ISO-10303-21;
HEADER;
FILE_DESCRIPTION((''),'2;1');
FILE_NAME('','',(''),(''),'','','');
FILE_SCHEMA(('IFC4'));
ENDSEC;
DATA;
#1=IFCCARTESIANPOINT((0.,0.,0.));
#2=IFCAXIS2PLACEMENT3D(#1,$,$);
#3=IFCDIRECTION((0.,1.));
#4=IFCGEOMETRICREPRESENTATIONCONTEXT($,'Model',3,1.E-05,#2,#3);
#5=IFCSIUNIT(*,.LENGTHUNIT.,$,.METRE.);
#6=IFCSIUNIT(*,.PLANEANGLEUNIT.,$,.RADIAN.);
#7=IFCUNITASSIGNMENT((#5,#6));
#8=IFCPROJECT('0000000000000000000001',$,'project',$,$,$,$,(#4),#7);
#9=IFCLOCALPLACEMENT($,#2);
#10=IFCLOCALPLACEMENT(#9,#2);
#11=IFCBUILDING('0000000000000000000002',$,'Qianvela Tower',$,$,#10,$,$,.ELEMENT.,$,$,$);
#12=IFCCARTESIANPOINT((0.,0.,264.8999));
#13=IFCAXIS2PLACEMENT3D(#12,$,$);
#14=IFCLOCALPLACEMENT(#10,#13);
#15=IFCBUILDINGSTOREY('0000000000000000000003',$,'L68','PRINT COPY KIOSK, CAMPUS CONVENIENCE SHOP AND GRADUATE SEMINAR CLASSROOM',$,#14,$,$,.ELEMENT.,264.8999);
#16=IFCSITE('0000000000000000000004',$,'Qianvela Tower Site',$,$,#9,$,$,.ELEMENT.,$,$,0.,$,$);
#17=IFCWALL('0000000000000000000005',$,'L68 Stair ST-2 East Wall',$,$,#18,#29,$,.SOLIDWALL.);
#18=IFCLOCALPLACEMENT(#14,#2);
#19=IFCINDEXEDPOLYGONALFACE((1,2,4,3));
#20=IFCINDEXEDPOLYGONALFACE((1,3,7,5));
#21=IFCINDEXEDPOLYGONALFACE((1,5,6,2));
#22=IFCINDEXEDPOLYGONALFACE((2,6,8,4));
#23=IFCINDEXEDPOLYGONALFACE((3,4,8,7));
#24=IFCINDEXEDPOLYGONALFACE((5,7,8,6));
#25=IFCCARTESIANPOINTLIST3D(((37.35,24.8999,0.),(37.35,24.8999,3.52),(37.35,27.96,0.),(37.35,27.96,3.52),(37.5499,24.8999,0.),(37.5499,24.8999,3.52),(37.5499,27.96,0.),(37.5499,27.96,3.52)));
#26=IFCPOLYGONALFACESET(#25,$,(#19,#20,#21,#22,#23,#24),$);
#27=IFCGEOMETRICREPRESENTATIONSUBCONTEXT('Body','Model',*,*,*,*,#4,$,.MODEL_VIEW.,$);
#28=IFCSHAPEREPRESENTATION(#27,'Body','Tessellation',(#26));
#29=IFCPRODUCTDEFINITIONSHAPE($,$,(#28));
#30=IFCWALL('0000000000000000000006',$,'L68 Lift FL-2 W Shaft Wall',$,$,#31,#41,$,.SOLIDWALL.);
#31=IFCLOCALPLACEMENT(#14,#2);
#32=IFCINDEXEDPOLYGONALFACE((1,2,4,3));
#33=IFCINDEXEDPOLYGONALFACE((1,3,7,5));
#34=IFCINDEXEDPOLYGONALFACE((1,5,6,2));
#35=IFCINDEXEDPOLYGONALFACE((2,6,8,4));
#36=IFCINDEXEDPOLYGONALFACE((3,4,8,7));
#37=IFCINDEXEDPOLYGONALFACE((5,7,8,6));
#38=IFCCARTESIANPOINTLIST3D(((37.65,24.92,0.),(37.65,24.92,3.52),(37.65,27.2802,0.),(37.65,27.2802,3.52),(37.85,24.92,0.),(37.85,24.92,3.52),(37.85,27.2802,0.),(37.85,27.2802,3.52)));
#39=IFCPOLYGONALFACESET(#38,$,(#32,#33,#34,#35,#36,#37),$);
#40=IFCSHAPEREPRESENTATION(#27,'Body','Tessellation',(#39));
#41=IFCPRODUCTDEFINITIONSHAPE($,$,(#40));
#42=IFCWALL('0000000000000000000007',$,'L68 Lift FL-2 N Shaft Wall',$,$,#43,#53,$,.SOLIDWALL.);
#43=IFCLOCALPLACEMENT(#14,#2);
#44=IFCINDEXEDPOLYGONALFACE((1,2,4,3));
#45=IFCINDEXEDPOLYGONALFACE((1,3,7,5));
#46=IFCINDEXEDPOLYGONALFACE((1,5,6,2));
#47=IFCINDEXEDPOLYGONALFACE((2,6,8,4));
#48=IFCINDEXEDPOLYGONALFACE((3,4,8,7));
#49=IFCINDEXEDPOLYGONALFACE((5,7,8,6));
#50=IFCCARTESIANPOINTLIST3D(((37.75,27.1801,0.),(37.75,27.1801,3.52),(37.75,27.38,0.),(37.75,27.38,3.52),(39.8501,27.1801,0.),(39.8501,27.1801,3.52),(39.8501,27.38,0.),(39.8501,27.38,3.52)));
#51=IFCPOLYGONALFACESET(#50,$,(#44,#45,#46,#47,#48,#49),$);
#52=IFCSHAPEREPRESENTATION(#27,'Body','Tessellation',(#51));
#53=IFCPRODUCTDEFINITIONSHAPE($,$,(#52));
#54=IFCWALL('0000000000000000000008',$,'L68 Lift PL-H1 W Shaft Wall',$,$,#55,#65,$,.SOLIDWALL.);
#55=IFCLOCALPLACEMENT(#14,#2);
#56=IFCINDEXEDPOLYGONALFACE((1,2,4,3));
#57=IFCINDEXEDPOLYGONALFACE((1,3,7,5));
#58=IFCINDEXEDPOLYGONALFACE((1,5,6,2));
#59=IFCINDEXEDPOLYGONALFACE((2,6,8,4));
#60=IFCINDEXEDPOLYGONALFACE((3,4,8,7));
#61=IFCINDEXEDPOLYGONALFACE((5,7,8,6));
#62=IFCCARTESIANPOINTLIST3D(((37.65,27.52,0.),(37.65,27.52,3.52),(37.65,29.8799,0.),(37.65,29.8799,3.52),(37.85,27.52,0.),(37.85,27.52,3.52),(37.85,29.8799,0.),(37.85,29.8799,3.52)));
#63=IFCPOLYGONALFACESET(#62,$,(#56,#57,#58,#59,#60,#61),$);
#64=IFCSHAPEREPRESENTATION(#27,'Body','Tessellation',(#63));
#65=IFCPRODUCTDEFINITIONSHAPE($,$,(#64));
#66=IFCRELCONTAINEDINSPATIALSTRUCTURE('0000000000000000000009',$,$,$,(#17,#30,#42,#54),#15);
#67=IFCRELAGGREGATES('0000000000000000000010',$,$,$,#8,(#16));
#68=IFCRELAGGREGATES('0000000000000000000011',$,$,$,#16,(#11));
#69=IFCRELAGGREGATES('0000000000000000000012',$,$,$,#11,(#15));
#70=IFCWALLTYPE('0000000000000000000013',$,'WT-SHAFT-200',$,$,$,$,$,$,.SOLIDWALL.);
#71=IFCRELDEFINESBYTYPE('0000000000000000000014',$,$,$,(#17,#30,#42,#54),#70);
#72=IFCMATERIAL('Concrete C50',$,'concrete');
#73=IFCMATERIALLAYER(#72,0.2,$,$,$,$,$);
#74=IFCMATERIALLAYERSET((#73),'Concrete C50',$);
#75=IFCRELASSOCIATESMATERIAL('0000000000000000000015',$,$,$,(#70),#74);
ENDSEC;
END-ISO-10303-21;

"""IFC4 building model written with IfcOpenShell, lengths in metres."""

from ifc_helpers import new_model, si_unit, direction, frame, frame_2d, origin, place, context, subcontext, project, spatial, rectangle, extrude, material, layer, layer_set, type_object, element, save


model = new_model("IFC4")

# Units and contexts
model_context = context("Model", 3, precision=1e-05, world=origin(), true_north=direction((0.0, 1.0)))
body_context = subcontext(model_context, "Body", "Model", "MODEL_VIEW")
ifc_project = project(units=[si_unit("LENGTHUNIT", "METRE"), si_unit("PLANEANGLEUNIT", "RADIAN")], contexts=[model_context])

# Site, building, storey
site_placement = place(None, origin())
site = spatial("IfcSite", under=ifc_project, at=site_placement, Name="Qianvela Tower Site", CompositionType="ELEMENT", RefElevation=0.0)
building_placement = place(site_placement, origin())
building = spatial("IfcBuilding", under=site, at=building_placement, Name="Qianvela Tower", CompositionType="ELEMENT")
storey_placement = place(building_placement, frame((0.0, 0.0, 264.8999)))
storey = spatial("IfcBuildingStorey", under=building, at=storey_placement, Name="L68", Description="PRINT COPY KIOSK, CAMPUS CONVENIENCE SHOP AND GRADUATE SEMINAR CLASSROOM", CompositionType="ELEMENT", Elevation=264.8999)

# Wall
ifc_material_1 = material(Name="Concrete C50", Category="concrete")
ifc_layer_1 = layer(ifc_material_1, 0.2)
ifc_layer_set_1 = layer_set([ifc_layer_1], Name="Concrete C50")
wall_type_1 = type_object("IfcWallType", Name="WT-SHAFT-200", PredefinedType="SOLIDWALL", material=ifc_layer_set_1)
wall_1_placement = place(storey_placement, frame((37.45, 24.8999, 0.0), z_axis=(0.0, 0.0, 1.0), x_axis=(0.0, 1.0, 0.0)))
element("IfcWall", 1, at=wall_1_placement, inside=storey, type_object=wall_type_1, Name="L68 Stair ST-2 East Wall", PredefinedType="SOLIDWALL", context=body_context, shape_type="SweptSolid", body=[
    extrude(rectangle(XDim=3.0601, YDim=0.2, at=frame_2d((1.53, 0.0))), origin(), (0.0, 0.0, 1.0), 3.52),
])

# Walls
wall_2_placement = place(storey_placement, frame((37.75, 24.9199, 0.0), z_axis=(0.0, 0.0, 1.0), x_axis=(0.0, 1.0, 0.0)))
element("IfcWall", 2, at=wall_2_placement, inside=storey, type_object=wall_type_1, Name="L68 Lift FL-2 W Shaft Wall", PredefinedType="SOLIDWALL", context=body_context, shape_type="SweptSolid", body=[
    extrude(rectangle(XDim=2.3601, YDim=0.2, at=frame_2d((1.1802, 0.0))), origin(), (0.0, 0.0, 1.0), 3.52),
])
wall_3_placement = place(storey_placement, frame((37.75, 27.28, 0.0), z_axis=(0.0, 0.0, 1.0), x_axis=(1.0, 0.0, 0.0)))
element("IfcWall", 3, at=wall_3_placement, inside=storey, type_object=wall_type_1, Name="L68 Lift FL-2 N Shaft Wall", PredefinedType="SOLIDWALL", context=body_context, shape_type="SweptSolid", body=[
    extrude(rectangle(XDim=2.1001, YDim=0.2, at=frame_2d((1.05, 0.0))), origin(), (0.0, 0.0, 1.0), 3.52),
])

# Wall
wall_4_placement = place(storey_placement, frame((37.75, 27.52, 0.0), z_axis=(0.0, 0.0, 1.0), x_axis=(0.0, 1.0, 0.0)))
element("IfcWall", 4, at=wall_4_placement, inside=storey, type_object=wall_type_1, Name="L68 Lift PL-H1 W Shaft Wall", PredefinedType="SOLIDWALL", context=body_context, shape_type="SweptSolid", body=[
    extrude(rectangle(XDim=2.3599, YDim=0.2, at=frame_2d((1.1799, 0.0))), origin(), (0.0, 0.0, 1.0), 3.52),
])

save(model, "model.ifc")
